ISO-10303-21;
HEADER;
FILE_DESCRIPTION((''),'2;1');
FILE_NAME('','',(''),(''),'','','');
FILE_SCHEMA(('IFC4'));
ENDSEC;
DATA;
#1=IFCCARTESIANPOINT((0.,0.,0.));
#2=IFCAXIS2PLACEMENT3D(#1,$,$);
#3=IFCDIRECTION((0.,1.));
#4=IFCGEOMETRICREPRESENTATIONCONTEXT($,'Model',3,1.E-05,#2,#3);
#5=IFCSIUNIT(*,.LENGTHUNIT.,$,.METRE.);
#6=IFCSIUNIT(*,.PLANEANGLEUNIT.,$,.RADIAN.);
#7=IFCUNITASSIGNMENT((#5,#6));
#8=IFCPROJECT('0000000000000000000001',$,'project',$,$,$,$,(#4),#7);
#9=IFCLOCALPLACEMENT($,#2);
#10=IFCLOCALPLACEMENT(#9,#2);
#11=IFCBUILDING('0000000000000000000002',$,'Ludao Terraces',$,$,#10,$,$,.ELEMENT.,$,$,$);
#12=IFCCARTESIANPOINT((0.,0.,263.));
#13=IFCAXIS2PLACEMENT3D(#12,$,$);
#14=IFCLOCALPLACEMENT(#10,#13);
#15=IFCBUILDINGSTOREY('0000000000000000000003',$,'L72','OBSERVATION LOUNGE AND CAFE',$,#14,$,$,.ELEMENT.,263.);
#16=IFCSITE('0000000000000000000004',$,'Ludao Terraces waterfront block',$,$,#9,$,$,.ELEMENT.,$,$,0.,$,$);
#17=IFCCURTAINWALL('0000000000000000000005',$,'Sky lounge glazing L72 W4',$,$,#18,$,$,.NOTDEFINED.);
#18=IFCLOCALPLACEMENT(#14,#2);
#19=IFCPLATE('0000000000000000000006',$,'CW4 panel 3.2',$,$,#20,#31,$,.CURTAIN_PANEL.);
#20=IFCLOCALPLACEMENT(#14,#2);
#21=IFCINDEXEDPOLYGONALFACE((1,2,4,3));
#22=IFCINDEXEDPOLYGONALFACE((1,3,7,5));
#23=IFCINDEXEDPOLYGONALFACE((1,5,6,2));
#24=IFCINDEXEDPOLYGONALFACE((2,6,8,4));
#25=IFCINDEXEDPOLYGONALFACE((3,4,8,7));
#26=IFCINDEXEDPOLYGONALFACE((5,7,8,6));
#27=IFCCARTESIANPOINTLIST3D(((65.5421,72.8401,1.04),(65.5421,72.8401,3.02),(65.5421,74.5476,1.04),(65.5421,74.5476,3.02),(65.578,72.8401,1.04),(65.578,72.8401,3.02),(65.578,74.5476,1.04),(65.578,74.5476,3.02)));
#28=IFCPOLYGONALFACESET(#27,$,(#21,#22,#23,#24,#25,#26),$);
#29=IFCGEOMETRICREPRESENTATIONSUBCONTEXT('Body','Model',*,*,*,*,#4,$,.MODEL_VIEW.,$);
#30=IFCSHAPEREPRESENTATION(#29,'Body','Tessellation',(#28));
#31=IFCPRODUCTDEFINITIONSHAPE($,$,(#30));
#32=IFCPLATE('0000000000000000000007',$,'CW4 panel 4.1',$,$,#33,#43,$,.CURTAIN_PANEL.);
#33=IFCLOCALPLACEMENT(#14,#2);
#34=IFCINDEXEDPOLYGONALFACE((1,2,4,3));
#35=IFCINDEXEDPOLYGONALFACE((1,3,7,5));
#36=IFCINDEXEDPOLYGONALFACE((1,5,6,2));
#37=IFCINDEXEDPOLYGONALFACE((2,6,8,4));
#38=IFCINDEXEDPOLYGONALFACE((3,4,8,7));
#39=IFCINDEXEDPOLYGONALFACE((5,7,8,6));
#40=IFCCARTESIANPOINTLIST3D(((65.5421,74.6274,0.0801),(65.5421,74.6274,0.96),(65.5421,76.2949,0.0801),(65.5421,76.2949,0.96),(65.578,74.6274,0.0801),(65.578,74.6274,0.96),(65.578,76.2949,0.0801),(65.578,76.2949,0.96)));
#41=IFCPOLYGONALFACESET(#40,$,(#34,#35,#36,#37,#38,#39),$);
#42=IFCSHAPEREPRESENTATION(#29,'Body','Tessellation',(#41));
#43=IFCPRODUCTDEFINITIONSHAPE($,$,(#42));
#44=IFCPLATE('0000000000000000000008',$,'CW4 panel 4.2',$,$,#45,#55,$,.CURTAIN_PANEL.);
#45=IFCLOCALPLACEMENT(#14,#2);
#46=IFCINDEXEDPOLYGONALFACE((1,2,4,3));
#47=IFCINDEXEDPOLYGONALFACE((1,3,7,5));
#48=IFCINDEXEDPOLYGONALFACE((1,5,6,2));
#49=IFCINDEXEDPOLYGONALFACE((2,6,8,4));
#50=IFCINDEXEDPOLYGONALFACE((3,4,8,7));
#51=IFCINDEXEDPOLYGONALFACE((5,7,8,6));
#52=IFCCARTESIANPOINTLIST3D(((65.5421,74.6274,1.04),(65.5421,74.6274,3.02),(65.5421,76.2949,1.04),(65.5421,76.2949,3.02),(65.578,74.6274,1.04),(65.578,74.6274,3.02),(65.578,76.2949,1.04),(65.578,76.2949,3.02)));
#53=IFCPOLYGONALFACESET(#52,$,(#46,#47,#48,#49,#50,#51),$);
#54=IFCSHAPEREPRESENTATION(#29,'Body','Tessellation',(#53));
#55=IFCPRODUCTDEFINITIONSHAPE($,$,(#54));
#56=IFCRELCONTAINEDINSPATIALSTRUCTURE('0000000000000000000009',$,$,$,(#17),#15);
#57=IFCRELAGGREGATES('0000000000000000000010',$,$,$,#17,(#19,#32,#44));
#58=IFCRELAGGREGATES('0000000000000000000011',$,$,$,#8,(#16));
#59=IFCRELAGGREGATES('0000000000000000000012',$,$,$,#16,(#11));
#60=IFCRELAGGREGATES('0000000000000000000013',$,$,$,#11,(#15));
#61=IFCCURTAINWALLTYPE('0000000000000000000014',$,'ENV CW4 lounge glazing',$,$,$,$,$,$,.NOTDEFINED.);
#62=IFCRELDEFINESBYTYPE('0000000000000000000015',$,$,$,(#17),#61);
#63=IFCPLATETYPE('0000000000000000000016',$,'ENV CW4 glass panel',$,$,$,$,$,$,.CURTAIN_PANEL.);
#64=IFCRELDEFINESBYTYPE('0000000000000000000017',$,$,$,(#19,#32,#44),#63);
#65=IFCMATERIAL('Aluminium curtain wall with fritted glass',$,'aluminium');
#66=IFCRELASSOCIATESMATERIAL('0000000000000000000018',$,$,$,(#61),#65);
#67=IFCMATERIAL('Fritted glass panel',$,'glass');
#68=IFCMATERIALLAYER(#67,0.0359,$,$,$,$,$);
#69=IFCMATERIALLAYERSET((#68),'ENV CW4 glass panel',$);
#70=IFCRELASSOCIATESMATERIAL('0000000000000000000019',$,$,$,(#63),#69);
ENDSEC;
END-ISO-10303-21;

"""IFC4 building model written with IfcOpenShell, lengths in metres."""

from ifc_helpers import new_model, si_unit, direction, frame, origin, origin_2d, place, context, subcontext, project, spatial, rectangle, extrude, material, layer, layer_set, type_object, element, aggregate, save


model = new_model("IFC4")

# Units and contexts
model_context = context("Model", 3, precision=1e-05, world=origin(), true_north=direction((0.0, 1.0)))
body_context = subcontext(model_context, "Body", "Model", "MODEL_VIEW")
ifc_project = project(units=[si_unit("LENGTHUNIT", "METRE"), si_unit("PLANEANGLEUNIT", "RADIAN")], contexts=[model_context])

# Site, building, storey
site_placement = place(None, origin())
site = spatial("IfcSite", under=ifc_project, at=site_placement, Name="Ludao Terraces waterfront block", CompositionType="ELEMENT", RefElevation=0.0)
building_placement = place(site_placement, origin())
building = spatial("IfcBuilding", under=site, at=building_placement, Name="Ludao Terraces", CompositionType="ELEMENT")
storey_placement = place(building_placement, frame((0.0, 0.0, 263.0)))
storey = spatial("IfcBuildingStorey", under=building, at=storey_placement, Name="L72", Description="OBSERVATION LOUNGE AND CAFE", CompositionType="ELEMENT", Elevation=263.0)

# Curtain wall, plates
ifc_material_1 = material(Name="Aluminium curtain wall with fritted glass", Category="aluminium")
curtain_wall_type = type_object("IfcCurtainWallType", Name="ENV CW4 lounge glazing", PredefinedType="NOTDEFINED", material=ifc_material_1)
curtain_wall_placement = place(storey_placement, origin())
curtain_wall = element("IfcCurtainWall", 1, at=curtain_wall_placement, inside=storey, type_object=curtain_wall_type, Name="Sky lounge glazing L72 W4", PredefinedType="NOTDEFINED")
ifc_material_2 = material(Name="Fritted glass panel", Category="glass")
ifc_layer = layer(ifc_material_2, 0.0359)
ifc_layer_set = layer_set([ifc_layer], Name="ENV CW4 glass panel")
plate_type = type_object("IfcPlateType", Name="ENV CW4 glass panel", PredefinedType="CURTAIN_PANEL", material=ifc_layer_set)
plate_1_placement = place(storey_placement, frame((65.5601, 73.6938, 1.04), z_axis=(0.0, 0.0, 1.0), x_axis=(0.0, 1.0, 0.0)))
plate_1 = element("IfcPlate", 2, at=plate_1_placement, type_object=plate_type, Name="CW4 panel 3.2", PredefinedType="CURTAIN_PANEL", context=body_context, shape_type="SweptSolid", body=[
    extrude(rectangle(XDim=1.7075, YDim=0.0359, at=origin_2d()), origin(), (0.0, 0.0, 1.0), 1.98),
])
plate_2_placement = place(storey_placement, frame((65.5601, 75.4612, 0.0801), z_axis=(0.0, 0.0, 1.0), x_axis=(0.0, 1.0, 0.0)))
plate_2 = element("IfcPlate", 3, at=plate_2_placement, type_object=plate_type, Name="CW4 panel 4.1", PredefinedType="CURTAIN_PANEL", context=body_context, shape_type="SweptSolid", body=[
    extrude(rectangle(XDim=1.6675, YDim=0.0359, at=origin_2d()), origin(), (0.0, 0.0, 1.0), 0.8799),
])
plate_3_placement = place(storey_placement, frame((65.5601, 75.4612, 1.04), z_axis=(0.0, 0.0, 1.0), x_axis=(0.0, 1.0, 0.0)))
plate_3 = element("IfcPlate", 4, at=plate_3_placement, type_object=plate_type, Name="CW4 panel 4.2", PredefinedType="CURTAIN_PANEL", context=body_context, shape_type="SweptSolid", body=[
    extrude(rectangle(XDim=1.6675, YDim=0.0359, at=origin_2d()), origin(), (0.0, 0.0, 1.0), 1.98),
])
aggregate(curtain_wall, [plate_1, plate_2, plate_3])

save(model, "model.ifc")
